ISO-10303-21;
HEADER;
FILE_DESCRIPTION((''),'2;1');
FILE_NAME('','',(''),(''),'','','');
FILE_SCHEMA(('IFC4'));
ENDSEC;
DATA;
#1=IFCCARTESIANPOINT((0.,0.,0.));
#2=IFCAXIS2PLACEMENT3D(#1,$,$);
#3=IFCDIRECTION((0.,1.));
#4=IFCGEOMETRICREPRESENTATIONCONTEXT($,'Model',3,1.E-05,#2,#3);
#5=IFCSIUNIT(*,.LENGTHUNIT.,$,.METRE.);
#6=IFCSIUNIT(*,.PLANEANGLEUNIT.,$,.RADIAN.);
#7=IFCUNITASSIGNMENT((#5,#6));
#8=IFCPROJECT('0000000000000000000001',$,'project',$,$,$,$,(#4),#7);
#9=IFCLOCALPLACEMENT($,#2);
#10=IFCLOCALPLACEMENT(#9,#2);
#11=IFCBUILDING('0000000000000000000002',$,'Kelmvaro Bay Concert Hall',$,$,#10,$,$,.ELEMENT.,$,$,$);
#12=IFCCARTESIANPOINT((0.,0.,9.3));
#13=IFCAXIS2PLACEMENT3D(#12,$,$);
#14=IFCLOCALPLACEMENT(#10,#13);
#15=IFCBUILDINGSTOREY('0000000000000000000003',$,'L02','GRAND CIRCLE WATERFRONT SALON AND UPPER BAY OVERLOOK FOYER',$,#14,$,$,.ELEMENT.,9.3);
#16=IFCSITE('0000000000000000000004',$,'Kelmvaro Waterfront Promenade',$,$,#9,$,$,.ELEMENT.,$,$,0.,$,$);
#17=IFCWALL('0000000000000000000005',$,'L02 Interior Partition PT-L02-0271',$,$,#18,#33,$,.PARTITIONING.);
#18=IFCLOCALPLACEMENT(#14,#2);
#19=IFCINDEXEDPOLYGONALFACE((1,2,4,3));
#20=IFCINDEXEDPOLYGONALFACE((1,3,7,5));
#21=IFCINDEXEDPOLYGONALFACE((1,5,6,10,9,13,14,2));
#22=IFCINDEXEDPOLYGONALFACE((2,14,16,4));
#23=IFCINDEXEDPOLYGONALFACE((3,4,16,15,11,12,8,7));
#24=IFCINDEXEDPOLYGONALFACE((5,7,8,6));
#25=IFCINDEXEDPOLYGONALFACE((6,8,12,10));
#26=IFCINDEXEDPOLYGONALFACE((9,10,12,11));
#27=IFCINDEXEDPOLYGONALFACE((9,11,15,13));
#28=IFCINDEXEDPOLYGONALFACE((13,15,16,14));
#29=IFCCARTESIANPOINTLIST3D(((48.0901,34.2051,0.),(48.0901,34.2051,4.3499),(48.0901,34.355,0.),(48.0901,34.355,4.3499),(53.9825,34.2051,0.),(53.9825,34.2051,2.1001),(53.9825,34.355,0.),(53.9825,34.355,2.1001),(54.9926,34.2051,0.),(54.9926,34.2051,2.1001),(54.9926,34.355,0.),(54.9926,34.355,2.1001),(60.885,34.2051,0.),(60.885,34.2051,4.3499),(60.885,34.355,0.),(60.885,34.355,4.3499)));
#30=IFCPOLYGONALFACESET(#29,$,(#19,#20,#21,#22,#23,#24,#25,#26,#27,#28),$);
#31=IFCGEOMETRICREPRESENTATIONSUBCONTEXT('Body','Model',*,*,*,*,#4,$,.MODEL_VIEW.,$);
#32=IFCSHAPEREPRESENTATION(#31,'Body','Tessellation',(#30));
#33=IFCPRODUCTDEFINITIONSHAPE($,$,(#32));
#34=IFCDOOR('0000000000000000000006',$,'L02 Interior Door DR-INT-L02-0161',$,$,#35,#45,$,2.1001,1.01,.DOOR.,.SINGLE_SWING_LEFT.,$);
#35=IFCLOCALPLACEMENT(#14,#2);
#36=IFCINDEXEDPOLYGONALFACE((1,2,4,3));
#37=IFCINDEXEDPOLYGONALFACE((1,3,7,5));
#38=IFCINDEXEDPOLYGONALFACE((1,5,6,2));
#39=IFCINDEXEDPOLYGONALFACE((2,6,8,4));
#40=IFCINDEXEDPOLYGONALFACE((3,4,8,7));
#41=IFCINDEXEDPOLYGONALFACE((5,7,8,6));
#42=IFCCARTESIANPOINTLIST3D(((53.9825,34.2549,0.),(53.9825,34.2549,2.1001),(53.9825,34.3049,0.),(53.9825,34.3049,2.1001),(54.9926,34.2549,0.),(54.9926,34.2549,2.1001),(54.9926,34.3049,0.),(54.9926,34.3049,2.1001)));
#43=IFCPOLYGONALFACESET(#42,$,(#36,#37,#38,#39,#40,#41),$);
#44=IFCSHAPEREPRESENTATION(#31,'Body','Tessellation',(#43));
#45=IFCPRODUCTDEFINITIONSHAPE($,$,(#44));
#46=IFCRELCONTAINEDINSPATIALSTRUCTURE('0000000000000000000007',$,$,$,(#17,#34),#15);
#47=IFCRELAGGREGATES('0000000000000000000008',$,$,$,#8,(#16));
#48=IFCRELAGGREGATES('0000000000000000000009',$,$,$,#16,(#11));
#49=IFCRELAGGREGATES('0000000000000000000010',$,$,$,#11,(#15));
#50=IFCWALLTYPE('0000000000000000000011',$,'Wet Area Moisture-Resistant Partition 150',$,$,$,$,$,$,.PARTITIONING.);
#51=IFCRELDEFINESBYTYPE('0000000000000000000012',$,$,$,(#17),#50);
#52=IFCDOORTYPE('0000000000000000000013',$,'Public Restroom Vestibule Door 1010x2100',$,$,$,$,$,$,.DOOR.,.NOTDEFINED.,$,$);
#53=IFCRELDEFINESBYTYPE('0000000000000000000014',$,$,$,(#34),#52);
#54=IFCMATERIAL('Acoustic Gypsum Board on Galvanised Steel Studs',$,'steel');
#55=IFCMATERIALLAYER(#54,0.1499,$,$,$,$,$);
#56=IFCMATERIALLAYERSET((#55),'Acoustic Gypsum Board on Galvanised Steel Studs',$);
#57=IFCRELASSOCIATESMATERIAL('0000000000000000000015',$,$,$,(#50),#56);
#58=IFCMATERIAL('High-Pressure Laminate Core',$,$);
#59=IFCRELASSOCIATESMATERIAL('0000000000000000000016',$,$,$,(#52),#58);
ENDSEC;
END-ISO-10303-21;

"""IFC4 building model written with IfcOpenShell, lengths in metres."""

from ifc_helpers import new_model, si_unit, direction, frame, frame_2d, origin, place, context, subcontext, project, spatial, rectangle, extrude, material, layer, layer_set, type_object, element, fill, save


model = new_model("IFC4")

# Units and contexts
model_context = context("Model", 3, precision=1e-05, world=origin(), true_north=direction((0.0, 1.0)))
body_context = subcontext(model_context, "Body", "Model", "MODEL_VIEW")
ifc_project = project(units=[si_unit("LENGTHUNIT", "METRE"), si_unit("PLANEANGLEUNIT", "RADIAN")], contexts=[model_context])

# Site, building, storey
site_placement = place(None, origin())
site = spatial("IfcSite", under=ifc_project, at=site_placement, Name="Kelmvaro Waterfront Promenade", CompositionType="ELEMENT", RefElevation=0.0)
building_placement = place(site_placement, origin())
building = spatial("IfcBuilding", under=site, at=building_placement, Name="Kelmvaro Bay Concert Hall", CompositionType="ELEMENT")
storey_placement = place(building_placement, frame((0.0, 0.0, 9.3)))
storey = spatial("IfcBuildingStorey", under=building, at=storey_placement, Name="L02", Description="GRAND CIRCLE WATERFRONT SALON AND UPPER BAY OVERLOOK FOYER", CompositionType="ELEMENT", Elevation=9.3)

# Wall, opening, door
ifc_material_1 = material(Name="Acoustic Gypsum Board on Galvanised Steel Studs", Category="steel")
ifc_layer_1 = layer(ifc_material_1, 0.1499)
ifc_layer_set_1 = layer_set([ifc_layer_1], Name="Acoustic Gypsum Board on Galvanised Steel Studs")
wall_type_1 = type_object("IfcWallType", Name="Wet Area Moisture-Resistant Partition 150", PredefinedType="PARTITIONING", material=ifc_layer_set_1)
wall_1_placement = place(storey_placement, frame((48.0901, 34.28, 0.0), z_axis=(0.0, 0.0, 1.0), x_axis=(1.0, 0.0, 0.0)))
wall_1 = element("IfcWall", 1, at=wall_1_placement, inside=storey, type_object=wall_type_1, Name="L02 Interior Partition PT-L02-0271", PredefinedType="PARTITIONING", context=body_context, shape_type="SweptSolid", body=[
    extrude(rectangle(XDim=12.7949, YDim=0.1499, at=frame_2d((6.3975, 0.0))), origin(), (0.0, 0.0, 1.0), 4.3499),
])
opening_1_placement = place(wall_1_placement, frame((5.8926, 0.0, 0.0)))
opening_1 = element("IfcOpeningElement", 2, at=opening_1_placement, cuts=wall_1, PredefinedType="OPENING", context=body_context, shape_type="SweptSolid", body=[
    extrude(rectangle(XDim=1.01, YDim=2.1001, at=frame_2d((0.5049, 1.05))), frame((0.0, 0.085, 0.0), z_axis=(0.0, -1.0, 0.0), x_axis=(1.0, 0.0, 0.0)), (0.0, 0.0, 1.0), 0.1699),
])
ifc_material_2 = material(Name="High-Pressure Laminate Core")
door_type_1 = type_object("IfcDoorType", Name="Public Restroom Vestibule Door 1010x2100", OperationType="NOTDEFINED", PredefinedType="DOOR", material=ifc_material_2)
door_1_placement = place(opening_1_placement, origin())
door_1 = element("IfcDoor", 3, at=door_1_placement, inside=storey, type_object=door_type_1, Name="L02 Interior Door DR-INT-L02-0161", OperationType="SINGLE_SWING_LEFT", OverallHeight=2.1001, OverallWidth=1.01, PredefinedType="DOOR", context=body_context, shape_type="SweptSolid", body=[
    extrude(rectangle(XDim=1.01, YDim=2.1001, at=frame_2d((0.5049, 1.05))), frame((0.0, 0.0249, 0.0), z_axis=(0.0, -1.0, 0.0), x_axis=(1.0, 0.0, 0.0)), (0.0, 0.0, 1.0), 0.05),
])
fill(opening_1, door_1)

save(model, "model.ifc")
